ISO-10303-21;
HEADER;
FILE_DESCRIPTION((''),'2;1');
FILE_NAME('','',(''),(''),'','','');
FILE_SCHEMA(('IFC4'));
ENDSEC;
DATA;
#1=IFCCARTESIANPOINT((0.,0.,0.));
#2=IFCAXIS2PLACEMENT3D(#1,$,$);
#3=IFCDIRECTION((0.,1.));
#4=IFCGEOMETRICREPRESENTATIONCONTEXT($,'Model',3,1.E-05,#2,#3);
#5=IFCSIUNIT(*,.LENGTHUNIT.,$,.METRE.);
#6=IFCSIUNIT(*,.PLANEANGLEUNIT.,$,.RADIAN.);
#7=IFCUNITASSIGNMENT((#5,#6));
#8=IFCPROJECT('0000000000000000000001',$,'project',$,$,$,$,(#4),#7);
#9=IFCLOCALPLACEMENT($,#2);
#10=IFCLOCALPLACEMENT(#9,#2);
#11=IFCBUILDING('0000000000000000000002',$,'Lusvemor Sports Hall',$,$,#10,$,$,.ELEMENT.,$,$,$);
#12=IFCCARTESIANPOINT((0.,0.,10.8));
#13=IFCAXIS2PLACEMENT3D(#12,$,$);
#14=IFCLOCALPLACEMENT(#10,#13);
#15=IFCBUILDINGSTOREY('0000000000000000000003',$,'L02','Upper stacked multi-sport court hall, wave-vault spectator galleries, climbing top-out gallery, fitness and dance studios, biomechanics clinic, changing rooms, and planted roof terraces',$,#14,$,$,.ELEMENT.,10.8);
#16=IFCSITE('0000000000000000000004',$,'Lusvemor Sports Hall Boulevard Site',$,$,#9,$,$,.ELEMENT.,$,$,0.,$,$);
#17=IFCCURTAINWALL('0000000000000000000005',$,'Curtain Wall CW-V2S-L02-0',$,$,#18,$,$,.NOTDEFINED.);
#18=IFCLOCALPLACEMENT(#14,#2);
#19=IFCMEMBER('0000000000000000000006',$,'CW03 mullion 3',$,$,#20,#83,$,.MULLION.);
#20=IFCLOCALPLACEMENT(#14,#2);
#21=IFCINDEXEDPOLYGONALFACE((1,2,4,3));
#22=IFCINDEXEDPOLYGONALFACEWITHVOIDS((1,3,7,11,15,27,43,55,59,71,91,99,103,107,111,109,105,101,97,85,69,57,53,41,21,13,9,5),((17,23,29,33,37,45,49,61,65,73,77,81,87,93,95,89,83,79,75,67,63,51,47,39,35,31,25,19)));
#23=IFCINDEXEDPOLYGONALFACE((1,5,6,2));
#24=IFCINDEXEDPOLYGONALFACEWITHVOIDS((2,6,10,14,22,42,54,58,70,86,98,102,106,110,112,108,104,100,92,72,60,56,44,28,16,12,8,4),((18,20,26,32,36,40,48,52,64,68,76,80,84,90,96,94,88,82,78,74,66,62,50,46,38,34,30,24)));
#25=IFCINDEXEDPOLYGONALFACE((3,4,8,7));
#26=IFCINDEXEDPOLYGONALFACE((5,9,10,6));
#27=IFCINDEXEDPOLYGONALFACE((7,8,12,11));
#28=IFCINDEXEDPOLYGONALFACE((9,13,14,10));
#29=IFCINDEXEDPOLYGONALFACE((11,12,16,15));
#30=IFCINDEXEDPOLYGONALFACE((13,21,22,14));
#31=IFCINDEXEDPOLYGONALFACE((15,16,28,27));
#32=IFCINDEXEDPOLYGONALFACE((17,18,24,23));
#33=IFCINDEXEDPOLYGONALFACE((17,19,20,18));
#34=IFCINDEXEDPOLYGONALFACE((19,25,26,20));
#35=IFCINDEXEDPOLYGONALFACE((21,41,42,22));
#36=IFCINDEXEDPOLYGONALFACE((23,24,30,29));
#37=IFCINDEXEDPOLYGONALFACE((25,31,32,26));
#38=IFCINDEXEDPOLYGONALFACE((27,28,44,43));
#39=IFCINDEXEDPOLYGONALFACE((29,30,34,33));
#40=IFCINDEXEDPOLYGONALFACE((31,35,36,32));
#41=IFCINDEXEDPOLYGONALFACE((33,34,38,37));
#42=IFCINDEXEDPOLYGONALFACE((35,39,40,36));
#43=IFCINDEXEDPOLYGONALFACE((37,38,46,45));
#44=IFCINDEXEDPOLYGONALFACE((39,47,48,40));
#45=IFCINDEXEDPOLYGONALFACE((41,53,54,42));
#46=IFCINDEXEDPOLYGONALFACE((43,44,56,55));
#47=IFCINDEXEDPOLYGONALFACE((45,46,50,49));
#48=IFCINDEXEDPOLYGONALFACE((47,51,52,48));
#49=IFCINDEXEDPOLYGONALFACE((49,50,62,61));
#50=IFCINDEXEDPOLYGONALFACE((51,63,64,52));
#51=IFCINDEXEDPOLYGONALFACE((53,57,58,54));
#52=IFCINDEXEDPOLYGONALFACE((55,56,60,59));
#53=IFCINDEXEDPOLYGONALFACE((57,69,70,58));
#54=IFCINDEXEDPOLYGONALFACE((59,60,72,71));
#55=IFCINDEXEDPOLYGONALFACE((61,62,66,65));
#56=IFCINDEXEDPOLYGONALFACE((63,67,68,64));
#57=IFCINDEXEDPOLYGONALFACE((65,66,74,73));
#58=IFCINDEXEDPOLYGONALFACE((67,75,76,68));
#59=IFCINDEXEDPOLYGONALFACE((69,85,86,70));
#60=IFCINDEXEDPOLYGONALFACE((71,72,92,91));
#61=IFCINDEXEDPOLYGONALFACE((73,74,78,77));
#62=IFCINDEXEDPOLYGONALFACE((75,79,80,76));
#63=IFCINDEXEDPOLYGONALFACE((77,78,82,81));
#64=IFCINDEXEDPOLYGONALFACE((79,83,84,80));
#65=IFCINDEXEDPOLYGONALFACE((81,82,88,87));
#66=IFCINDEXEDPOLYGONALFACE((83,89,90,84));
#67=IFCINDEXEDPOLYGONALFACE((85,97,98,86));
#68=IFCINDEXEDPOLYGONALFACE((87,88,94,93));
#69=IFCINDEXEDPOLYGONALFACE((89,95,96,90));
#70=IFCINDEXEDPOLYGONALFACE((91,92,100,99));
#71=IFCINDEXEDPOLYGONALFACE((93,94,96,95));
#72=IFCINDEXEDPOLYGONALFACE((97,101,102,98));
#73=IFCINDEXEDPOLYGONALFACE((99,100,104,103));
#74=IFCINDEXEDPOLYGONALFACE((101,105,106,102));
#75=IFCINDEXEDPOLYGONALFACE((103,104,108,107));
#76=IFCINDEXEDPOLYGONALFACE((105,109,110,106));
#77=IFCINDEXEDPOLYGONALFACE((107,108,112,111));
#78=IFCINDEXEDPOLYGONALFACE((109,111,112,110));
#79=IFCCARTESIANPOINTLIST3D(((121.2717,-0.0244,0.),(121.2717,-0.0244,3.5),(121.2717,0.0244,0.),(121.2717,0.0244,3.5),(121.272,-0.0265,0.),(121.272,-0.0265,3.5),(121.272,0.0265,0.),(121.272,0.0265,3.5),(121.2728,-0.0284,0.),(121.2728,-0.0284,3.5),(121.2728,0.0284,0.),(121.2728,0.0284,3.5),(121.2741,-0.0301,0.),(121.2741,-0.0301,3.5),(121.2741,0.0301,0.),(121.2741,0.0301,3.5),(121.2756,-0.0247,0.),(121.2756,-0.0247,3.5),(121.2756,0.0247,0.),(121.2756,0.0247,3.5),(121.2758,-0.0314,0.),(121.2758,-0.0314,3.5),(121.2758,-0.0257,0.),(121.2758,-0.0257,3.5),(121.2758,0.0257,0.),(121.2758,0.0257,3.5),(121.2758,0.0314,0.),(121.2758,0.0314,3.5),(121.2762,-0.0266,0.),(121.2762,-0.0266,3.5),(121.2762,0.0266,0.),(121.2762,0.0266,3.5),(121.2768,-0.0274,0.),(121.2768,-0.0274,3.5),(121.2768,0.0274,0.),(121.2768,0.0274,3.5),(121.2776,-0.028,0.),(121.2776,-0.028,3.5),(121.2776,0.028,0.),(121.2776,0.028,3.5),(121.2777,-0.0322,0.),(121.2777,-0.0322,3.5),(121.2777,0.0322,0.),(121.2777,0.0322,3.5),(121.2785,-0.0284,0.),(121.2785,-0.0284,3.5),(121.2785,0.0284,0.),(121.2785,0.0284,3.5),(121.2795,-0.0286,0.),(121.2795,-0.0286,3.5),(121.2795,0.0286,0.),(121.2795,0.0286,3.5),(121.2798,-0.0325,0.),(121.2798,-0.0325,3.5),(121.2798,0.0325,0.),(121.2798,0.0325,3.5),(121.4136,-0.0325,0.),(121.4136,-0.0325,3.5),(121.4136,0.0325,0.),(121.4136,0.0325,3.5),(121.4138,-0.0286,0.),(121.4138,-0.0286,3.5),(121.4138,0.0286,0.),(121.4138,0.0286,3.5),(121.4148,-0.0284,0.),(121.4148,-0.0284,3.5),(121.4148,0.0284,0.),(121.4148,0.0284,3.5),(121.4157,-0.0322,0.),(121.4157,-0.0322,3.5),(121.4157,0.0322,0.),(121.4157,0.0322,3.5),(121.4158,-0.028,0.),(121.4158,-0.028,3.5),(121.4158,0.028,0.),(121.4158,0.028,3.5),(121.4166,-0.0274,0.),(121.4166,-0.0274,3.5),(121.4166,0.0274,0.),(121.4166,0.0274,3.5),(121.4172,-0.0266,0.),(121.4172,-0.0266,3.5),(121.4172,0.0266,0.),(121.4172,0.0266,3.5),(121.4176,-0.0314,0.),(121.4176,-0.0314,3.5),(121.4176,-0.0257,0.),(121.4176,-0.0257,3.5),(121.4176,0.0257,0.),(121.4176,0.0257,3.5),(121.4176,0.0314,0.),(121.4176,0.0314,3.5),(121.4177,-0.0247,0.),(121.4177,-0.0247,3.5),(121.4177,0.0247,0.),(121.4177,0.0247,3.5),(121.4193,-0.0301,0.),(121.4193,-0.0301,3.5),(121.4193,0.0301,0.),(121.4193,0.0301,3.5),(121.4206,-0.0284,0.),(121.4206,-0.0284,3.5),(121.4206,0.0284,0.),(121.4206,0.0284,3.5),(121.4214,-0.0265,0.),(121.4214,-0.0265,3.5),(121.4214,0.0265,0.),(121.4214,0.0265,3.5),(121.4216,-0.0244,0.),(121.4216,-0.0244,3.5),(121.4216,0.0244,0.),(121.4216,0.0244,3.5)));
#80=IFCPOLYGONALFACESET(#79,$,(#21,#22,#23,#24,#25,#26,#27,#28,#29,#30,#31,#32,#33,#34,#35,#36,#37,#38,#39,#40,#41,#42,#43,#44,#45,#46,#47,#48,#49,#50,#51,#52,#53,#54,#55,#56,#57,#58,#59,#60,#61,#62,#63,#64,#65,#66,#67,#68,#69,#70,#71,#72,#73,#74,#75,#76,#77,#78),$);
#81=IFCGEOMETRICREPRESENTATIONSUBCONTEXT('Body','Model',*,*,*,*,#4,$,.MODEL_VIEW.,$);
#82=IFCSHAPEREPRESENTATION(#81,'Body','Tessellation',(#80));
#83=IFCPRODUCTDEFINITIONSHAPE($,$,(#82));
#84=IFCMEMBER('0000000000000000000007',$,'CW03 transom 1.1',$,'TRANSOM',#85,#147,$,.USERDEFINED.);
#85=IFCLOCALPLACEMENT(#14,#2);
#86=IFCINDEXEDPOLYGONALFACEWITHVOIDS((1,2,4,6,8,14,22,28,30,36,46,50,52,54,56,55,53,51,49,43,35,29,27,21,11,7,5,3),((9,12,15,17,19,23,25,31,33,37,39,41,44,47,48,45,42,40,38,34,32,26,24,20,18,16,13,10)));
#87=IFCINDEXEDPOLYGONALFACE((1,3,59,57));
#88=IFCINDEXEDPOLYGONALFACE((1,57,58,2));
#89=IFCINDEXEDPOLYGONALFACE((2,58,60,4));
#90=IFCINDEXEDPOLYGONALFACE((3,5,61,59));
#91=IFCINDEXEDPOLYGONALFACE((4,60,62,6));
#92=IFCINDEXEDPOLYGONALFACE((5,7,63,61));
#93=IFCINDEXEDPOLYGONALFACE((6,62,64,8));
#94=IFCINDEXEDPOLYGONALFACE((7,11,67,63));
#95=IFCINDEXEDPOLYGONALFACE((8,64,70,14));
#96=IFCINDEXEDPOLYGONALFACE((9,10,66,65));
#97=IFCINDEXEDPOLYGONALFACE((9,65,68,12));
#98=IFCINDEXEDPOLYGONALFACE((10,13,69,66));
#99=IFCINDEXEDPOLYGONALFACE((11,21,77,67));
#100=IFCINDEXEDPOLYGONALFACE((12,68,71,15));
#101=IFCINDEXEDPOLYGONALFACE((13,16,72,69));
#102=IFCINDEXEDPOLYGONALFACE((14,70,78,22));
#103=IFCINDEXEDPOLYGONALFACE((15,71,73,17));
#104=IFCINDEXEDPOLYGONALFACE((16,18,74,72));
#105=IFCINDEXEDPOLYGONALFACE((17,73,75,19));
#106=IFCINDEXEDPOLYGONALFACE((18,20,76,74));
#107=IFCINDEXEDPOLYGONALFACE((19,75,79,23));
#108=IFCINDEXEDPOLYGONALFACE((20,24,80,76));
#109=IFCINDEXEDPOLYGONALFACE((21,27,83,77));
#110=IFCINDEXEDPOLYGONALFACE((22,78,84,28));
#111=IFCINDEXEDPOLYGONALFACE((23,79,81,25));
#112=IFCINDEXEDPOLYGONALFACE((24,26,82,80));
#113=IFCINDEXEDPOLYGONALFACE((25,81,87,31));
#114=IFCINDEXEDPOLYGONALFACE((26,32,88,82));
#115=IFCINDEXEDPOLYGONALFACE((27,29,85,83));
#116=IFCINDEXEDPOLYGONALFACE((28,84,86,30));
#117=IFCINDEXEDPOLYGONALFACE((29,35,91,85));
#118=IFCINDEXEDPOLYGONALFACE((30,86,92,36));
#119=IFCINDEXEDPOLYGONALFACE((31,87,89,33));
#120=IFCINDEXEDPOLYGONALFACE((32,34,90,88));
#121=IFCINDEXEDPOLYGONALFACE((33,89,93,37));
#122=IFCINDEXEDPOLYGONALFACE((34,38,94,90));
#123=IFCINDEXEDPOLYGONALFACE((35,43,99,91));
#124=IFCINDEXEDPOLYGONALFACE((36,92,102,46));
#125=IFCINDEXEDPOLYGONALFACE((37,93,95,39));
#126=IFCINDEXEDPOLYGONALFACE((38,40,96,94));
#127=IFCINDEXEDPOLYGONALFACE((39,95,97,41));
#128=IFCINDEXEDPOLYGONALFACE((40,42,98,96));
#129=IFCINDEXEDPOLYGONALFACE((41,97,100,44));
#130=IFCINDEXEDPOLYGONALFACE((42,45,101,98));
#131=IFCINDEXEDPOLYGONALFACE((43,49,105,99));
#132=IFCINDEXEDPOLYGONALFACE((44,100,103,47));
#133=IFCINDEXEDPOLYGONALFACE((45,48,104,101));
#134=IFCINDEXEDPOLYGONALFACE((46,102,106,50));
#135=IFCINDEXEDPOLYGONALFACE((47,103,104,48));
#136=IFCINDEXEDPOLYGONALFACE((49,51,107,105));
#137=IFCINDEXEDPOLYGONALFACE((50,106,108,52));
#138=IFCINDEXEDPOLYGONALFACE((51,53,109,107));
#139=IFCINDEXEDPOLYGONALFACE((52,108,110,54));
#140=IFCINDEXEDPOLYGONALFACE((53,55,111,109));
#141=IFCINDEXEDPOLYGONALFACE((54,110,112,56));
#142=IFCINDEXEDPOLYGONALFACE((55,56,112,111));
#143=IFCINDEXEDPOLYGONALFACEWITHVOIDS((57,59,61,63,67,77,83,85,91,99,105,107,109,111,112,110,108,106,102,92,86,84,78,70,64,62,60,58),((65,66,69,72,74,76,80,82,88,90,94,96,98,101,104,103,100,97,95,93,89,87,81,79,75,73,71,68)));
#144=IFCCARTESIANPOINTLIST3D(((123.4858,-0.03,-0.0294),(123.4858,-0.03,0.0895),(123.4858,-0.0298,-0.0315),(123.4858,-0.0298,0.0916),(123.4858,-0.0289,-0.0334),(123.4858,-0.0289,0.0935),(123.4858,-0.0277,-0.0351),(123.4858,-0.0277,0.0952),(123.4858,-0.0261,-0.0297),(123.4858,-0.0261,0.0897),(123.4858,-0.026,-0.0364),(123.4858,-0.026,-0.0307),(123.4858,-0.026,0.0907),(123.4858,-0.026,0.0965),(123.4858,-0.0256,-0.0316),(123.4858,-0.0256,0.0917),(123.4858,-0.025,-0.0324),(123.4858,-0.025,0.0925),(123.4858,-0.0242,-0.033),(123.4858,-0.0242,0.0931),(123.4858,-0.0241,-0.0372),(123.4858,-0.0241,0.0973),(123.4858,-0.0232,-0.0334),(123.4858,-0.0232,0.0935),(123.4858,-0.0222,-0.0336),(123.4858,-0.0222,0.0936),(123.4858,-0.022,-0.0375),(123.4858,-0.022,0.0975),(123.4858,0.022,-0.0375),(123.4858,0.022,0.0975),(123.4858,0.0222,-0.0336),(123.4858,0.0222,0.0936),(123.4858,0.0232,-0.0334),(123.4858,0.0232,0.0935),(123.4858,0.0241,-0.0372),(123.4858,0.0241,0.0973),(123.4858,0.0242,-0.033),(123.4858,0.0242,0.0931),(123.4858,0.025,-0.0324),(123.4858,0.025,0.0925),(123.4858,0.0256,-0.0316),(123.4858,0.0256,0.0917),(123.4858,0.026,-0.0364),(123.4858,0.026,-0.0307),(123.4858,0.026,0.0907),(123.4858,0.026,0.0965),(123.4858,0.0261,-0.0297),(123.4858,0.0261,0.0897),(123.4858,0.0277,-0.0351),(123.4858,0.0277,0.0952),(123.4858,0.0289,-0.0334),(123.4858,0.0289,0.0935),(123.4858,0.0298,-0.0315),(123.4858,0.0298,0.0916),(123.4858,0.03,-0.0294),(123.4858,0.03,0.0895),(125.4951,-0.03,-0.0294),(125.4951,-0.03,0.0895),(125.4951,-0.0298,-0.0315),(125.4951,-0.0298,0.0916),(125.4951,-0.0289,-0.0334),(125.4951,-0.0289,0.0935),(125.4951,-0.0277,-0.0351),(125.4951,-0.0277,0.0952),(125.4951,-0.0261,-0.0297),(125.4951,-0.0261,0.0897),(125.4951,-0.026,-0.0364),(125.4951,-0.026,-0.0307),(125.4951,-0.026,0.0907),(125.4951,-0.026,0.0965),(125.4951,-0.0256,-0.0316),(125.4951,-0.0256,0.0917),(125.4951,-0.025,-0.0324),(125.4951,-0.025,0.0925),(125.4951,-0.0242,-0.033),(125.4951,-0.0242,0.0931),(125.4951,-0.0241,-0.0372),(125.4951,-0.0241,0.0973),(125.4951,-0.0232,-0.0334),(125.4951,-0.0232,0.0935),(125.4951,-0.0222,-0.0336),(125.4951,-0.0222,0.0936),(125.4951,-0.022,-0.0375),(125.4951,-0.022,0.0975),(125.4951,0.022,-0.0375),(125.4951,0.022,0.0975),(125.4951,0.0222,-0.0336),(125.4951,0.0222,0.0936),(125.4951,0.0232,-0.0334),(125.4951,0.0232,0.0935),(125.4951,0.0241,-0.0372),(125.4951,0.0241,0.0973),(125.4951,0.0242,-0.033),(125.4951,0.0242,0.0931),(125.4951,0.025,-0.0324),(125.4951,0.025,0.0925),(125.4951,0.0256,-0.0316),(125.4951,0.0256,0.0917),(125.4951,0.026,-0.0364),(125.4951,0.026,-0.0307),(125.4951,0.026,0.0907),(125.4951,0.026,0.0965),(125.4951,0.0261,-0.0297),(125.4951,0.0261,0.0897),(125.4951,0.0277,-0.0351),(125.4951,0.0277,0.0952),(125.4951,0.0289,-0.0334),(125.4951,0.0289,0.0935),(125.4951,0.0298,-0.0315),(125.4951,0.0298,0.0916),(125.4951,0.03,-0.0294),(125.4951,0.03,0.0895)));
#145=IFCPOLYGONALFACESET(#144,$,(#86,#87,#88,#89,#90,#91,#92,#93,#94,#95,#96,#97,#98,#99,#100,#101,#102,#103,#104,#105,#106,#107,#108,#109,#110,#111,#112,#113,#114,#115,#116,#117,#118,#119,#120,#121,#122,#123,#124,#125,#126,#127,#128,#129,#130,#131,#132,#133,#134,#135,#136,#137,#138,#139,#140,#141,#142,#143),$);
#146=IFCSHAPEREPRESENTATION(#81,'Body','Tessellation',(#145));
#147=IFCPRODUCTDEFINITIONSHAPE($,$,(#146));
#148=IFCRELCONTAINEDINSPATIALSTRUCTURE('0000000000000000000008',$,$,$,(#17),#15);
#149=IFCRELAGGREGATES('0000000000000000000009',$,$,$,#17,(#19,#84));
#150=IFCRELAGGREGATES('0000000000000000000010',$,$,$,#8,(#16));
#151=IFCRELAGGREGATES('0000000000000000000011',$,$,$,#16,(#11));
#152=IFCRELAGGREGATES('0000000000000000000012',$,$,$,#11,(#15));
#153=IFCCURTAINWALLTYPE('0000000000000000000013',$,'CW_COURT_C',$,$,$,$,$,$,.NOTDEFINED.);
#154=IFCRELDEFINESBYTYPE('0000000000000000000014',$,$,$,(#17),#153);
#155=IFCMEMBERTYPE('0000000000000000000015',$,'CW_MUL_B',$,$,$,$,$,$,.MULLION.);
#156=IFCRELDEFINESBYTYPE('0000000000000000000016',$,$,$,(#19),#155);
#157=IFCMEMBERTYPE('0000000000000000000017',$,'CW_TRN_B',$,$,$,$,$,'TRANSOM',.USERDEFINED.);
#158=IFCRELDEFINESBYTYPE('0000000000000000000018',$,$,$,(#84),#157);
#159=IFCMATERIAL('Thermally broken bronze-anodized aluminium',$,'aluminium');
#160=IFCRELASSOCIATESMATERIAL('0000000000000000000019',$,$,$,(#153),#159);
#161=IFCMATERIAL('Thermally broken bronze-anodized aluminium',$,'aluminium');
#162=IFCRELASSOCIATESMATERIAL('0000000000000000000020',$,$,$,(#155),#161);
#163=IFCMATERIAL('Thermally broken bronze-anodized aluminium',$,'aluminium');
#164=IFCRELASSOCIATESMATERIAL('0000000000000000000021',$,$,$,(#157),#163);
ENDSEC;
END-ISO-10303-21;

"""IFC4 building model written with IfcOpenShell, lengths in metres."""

from ifc_helpers import new_model, si_unit, direction, frame, origin, origin_2d, place, context, subcontext, project, spatial, hollow_rectangle, extrude, material, material_profile, profile_set, type_object, element, aggregate, save


model = new_model("IFC4")

# Units and contexts
model_context = context("Model", 3, precision=1e-05, world=origin(), true_north=direction((0.0, 1.0)))
body_context = subcontext(model_context, "Body", "Model", "MODEL_VIEW")
ifc_project = project(units=[si_unit("LENGTHUNIT", "METRE"), si_unit("PLANEANGLEUNIT", "RADIAN")], contexts=[model_context])

# Site, building, storey
site_placement = place(None, origin())
site = spatial("IfcSite", under=ifc_project, at=site_placement, Name="Lusvemor Sports Hall Boulevard Site", CompositionType="ELEMENT", RefElevation=0.0)
building_placement = place(site_placement, origin())
building = spatial("IfcBuilding", under=site, at=building_placement, Name="Lusvemor Sports Hall", CompositionType="ELEMENT")
storey_placement = place(building_placement, frame((0.0, 0.0, 10.8)))
storey = spatial("IfcBuildingStorey", under=building, at=storey_placement, Name="L02", Description="Upper stacked multi-sport court hall, wave-vault spectator galleries, climbing top-out gallery, fitness and dance studios, biomechanics clinic, changing rooms, and planted roof terraces", CompositionType="ELEMENT", Elevation=10.8)

# Curtain wall, members
ifc_material_1 = material(Name="Thermally broken bronze-anodized aluminium", Category="aluminium")
curtain_wall_type = type_object("IfcCurtainWallType", Name="CW_COURT_C", PredefinedType="NOTDEFINED", material=ifc_material_1)
curtain_wall_placement = place(storey_placement, origin())
curtain_wall = element("IfcCurtainWall", 1, at=curtain_wall_placement, inside=storey, type_object=curtain_wall_type, Name="Curtain Wall CW-V2S-L02-0", PredefinedType="NOTDEFINED")
ifc_material_2 = material(Name="Thermally broken bronze-anodized aluminium", Category="aluminium")
ifc_material_profile_1 = material_profile(ifc_material_2, hollow_rectangle(XDim=0.0649, YDim=0.1499, WallThickness=0.0039, InnerFilletRadius=0.0039, OuterFilletRadius=0.0081, at=origin_2d()), Name="CWMUL150x65x4")
ifc_profile_set_1 = profile_set([ifc_material_profile_1], Name="Thermally broken bronze-anodized aluminium")
member_type_1 = type_object("IfcMemberType", Name="CW_MUL_B", PredefinedType="MULLION", material=ifc_profile_set_1)
member_1_placement = place(storey_placement, frame((121.3467, 0.0, 0.0), z_axis=(0.0, 0.0, 1.0), x_axis=(0.0, -1.0, 0.0)))
member_1 = element("IfcMember", 2, at=member_1_placement, type_object=member_type_1, Name="CW03 mullion 3", PredefinedType="MULLION", context=body_context, shape_type="SweptSolid", body=[
    extrude(hollow_rectangle(XDim=0.0649, YDim=0.1499, WallThickness=0.0039, InnerFilletRadius=0.0039, OuterFilletRadius=0.0081, at=origin_2d()), origin(), (0.0, 0.0, 1.0), 3.5),
])
ifc_material_3 = material(Name="Thermally broken bronze-anodized aluminium", Category="aluminium")
ifc_material_profile_2 = material_profile(ifc_material_3, hollow_rectangle(XDim=0.0601, YDim=0.135, WallThickness=0.0039, InnerFilletRadius=0.0039, OuterFilletRadius=0.0081, at=origin_2d()), Name="CWTRN135x60x4")
ifc_profile_set_2 = profile_set([ifc_material_profile_2], Name="Thermally broken bronze-anodized aluminium")
member_type_2 = type_object("IfcMemberType", Name="CW_TRN_B", ElementType="TRANSOM", PredefinedType="USERDEFINED", material=ifc_profile_set_2)
member_2_placement = place(storey_placement, frame((125.4951, 0.0, 0.03), z_axis=(-1.0, 0.0, 0.0), x_axis=(0.0, -1.0, 0.0)))
member_2 = element("IfcMember", 3, at=member_2_placement, type_object=member_type_2, Name="CW03 transom 1.1", ObjectType="TRANSOM", PredefinedType="USERDEFINED", context=body_context, shape_type="SweptSolid", body=[
    extrude(hollow_rectangle(XDim=0.0601, YDim=0.135, WallThickness=0.0039, InnerFilletRadius=0.0039, OuterFilletRadius=0.0081, at=origin_2d()), origin(), (0.0, 0.0, 1.0), 2.0093),
])

aggregate(curtain_wall, [member_1, member_2])

save(model, "model.ifc")
